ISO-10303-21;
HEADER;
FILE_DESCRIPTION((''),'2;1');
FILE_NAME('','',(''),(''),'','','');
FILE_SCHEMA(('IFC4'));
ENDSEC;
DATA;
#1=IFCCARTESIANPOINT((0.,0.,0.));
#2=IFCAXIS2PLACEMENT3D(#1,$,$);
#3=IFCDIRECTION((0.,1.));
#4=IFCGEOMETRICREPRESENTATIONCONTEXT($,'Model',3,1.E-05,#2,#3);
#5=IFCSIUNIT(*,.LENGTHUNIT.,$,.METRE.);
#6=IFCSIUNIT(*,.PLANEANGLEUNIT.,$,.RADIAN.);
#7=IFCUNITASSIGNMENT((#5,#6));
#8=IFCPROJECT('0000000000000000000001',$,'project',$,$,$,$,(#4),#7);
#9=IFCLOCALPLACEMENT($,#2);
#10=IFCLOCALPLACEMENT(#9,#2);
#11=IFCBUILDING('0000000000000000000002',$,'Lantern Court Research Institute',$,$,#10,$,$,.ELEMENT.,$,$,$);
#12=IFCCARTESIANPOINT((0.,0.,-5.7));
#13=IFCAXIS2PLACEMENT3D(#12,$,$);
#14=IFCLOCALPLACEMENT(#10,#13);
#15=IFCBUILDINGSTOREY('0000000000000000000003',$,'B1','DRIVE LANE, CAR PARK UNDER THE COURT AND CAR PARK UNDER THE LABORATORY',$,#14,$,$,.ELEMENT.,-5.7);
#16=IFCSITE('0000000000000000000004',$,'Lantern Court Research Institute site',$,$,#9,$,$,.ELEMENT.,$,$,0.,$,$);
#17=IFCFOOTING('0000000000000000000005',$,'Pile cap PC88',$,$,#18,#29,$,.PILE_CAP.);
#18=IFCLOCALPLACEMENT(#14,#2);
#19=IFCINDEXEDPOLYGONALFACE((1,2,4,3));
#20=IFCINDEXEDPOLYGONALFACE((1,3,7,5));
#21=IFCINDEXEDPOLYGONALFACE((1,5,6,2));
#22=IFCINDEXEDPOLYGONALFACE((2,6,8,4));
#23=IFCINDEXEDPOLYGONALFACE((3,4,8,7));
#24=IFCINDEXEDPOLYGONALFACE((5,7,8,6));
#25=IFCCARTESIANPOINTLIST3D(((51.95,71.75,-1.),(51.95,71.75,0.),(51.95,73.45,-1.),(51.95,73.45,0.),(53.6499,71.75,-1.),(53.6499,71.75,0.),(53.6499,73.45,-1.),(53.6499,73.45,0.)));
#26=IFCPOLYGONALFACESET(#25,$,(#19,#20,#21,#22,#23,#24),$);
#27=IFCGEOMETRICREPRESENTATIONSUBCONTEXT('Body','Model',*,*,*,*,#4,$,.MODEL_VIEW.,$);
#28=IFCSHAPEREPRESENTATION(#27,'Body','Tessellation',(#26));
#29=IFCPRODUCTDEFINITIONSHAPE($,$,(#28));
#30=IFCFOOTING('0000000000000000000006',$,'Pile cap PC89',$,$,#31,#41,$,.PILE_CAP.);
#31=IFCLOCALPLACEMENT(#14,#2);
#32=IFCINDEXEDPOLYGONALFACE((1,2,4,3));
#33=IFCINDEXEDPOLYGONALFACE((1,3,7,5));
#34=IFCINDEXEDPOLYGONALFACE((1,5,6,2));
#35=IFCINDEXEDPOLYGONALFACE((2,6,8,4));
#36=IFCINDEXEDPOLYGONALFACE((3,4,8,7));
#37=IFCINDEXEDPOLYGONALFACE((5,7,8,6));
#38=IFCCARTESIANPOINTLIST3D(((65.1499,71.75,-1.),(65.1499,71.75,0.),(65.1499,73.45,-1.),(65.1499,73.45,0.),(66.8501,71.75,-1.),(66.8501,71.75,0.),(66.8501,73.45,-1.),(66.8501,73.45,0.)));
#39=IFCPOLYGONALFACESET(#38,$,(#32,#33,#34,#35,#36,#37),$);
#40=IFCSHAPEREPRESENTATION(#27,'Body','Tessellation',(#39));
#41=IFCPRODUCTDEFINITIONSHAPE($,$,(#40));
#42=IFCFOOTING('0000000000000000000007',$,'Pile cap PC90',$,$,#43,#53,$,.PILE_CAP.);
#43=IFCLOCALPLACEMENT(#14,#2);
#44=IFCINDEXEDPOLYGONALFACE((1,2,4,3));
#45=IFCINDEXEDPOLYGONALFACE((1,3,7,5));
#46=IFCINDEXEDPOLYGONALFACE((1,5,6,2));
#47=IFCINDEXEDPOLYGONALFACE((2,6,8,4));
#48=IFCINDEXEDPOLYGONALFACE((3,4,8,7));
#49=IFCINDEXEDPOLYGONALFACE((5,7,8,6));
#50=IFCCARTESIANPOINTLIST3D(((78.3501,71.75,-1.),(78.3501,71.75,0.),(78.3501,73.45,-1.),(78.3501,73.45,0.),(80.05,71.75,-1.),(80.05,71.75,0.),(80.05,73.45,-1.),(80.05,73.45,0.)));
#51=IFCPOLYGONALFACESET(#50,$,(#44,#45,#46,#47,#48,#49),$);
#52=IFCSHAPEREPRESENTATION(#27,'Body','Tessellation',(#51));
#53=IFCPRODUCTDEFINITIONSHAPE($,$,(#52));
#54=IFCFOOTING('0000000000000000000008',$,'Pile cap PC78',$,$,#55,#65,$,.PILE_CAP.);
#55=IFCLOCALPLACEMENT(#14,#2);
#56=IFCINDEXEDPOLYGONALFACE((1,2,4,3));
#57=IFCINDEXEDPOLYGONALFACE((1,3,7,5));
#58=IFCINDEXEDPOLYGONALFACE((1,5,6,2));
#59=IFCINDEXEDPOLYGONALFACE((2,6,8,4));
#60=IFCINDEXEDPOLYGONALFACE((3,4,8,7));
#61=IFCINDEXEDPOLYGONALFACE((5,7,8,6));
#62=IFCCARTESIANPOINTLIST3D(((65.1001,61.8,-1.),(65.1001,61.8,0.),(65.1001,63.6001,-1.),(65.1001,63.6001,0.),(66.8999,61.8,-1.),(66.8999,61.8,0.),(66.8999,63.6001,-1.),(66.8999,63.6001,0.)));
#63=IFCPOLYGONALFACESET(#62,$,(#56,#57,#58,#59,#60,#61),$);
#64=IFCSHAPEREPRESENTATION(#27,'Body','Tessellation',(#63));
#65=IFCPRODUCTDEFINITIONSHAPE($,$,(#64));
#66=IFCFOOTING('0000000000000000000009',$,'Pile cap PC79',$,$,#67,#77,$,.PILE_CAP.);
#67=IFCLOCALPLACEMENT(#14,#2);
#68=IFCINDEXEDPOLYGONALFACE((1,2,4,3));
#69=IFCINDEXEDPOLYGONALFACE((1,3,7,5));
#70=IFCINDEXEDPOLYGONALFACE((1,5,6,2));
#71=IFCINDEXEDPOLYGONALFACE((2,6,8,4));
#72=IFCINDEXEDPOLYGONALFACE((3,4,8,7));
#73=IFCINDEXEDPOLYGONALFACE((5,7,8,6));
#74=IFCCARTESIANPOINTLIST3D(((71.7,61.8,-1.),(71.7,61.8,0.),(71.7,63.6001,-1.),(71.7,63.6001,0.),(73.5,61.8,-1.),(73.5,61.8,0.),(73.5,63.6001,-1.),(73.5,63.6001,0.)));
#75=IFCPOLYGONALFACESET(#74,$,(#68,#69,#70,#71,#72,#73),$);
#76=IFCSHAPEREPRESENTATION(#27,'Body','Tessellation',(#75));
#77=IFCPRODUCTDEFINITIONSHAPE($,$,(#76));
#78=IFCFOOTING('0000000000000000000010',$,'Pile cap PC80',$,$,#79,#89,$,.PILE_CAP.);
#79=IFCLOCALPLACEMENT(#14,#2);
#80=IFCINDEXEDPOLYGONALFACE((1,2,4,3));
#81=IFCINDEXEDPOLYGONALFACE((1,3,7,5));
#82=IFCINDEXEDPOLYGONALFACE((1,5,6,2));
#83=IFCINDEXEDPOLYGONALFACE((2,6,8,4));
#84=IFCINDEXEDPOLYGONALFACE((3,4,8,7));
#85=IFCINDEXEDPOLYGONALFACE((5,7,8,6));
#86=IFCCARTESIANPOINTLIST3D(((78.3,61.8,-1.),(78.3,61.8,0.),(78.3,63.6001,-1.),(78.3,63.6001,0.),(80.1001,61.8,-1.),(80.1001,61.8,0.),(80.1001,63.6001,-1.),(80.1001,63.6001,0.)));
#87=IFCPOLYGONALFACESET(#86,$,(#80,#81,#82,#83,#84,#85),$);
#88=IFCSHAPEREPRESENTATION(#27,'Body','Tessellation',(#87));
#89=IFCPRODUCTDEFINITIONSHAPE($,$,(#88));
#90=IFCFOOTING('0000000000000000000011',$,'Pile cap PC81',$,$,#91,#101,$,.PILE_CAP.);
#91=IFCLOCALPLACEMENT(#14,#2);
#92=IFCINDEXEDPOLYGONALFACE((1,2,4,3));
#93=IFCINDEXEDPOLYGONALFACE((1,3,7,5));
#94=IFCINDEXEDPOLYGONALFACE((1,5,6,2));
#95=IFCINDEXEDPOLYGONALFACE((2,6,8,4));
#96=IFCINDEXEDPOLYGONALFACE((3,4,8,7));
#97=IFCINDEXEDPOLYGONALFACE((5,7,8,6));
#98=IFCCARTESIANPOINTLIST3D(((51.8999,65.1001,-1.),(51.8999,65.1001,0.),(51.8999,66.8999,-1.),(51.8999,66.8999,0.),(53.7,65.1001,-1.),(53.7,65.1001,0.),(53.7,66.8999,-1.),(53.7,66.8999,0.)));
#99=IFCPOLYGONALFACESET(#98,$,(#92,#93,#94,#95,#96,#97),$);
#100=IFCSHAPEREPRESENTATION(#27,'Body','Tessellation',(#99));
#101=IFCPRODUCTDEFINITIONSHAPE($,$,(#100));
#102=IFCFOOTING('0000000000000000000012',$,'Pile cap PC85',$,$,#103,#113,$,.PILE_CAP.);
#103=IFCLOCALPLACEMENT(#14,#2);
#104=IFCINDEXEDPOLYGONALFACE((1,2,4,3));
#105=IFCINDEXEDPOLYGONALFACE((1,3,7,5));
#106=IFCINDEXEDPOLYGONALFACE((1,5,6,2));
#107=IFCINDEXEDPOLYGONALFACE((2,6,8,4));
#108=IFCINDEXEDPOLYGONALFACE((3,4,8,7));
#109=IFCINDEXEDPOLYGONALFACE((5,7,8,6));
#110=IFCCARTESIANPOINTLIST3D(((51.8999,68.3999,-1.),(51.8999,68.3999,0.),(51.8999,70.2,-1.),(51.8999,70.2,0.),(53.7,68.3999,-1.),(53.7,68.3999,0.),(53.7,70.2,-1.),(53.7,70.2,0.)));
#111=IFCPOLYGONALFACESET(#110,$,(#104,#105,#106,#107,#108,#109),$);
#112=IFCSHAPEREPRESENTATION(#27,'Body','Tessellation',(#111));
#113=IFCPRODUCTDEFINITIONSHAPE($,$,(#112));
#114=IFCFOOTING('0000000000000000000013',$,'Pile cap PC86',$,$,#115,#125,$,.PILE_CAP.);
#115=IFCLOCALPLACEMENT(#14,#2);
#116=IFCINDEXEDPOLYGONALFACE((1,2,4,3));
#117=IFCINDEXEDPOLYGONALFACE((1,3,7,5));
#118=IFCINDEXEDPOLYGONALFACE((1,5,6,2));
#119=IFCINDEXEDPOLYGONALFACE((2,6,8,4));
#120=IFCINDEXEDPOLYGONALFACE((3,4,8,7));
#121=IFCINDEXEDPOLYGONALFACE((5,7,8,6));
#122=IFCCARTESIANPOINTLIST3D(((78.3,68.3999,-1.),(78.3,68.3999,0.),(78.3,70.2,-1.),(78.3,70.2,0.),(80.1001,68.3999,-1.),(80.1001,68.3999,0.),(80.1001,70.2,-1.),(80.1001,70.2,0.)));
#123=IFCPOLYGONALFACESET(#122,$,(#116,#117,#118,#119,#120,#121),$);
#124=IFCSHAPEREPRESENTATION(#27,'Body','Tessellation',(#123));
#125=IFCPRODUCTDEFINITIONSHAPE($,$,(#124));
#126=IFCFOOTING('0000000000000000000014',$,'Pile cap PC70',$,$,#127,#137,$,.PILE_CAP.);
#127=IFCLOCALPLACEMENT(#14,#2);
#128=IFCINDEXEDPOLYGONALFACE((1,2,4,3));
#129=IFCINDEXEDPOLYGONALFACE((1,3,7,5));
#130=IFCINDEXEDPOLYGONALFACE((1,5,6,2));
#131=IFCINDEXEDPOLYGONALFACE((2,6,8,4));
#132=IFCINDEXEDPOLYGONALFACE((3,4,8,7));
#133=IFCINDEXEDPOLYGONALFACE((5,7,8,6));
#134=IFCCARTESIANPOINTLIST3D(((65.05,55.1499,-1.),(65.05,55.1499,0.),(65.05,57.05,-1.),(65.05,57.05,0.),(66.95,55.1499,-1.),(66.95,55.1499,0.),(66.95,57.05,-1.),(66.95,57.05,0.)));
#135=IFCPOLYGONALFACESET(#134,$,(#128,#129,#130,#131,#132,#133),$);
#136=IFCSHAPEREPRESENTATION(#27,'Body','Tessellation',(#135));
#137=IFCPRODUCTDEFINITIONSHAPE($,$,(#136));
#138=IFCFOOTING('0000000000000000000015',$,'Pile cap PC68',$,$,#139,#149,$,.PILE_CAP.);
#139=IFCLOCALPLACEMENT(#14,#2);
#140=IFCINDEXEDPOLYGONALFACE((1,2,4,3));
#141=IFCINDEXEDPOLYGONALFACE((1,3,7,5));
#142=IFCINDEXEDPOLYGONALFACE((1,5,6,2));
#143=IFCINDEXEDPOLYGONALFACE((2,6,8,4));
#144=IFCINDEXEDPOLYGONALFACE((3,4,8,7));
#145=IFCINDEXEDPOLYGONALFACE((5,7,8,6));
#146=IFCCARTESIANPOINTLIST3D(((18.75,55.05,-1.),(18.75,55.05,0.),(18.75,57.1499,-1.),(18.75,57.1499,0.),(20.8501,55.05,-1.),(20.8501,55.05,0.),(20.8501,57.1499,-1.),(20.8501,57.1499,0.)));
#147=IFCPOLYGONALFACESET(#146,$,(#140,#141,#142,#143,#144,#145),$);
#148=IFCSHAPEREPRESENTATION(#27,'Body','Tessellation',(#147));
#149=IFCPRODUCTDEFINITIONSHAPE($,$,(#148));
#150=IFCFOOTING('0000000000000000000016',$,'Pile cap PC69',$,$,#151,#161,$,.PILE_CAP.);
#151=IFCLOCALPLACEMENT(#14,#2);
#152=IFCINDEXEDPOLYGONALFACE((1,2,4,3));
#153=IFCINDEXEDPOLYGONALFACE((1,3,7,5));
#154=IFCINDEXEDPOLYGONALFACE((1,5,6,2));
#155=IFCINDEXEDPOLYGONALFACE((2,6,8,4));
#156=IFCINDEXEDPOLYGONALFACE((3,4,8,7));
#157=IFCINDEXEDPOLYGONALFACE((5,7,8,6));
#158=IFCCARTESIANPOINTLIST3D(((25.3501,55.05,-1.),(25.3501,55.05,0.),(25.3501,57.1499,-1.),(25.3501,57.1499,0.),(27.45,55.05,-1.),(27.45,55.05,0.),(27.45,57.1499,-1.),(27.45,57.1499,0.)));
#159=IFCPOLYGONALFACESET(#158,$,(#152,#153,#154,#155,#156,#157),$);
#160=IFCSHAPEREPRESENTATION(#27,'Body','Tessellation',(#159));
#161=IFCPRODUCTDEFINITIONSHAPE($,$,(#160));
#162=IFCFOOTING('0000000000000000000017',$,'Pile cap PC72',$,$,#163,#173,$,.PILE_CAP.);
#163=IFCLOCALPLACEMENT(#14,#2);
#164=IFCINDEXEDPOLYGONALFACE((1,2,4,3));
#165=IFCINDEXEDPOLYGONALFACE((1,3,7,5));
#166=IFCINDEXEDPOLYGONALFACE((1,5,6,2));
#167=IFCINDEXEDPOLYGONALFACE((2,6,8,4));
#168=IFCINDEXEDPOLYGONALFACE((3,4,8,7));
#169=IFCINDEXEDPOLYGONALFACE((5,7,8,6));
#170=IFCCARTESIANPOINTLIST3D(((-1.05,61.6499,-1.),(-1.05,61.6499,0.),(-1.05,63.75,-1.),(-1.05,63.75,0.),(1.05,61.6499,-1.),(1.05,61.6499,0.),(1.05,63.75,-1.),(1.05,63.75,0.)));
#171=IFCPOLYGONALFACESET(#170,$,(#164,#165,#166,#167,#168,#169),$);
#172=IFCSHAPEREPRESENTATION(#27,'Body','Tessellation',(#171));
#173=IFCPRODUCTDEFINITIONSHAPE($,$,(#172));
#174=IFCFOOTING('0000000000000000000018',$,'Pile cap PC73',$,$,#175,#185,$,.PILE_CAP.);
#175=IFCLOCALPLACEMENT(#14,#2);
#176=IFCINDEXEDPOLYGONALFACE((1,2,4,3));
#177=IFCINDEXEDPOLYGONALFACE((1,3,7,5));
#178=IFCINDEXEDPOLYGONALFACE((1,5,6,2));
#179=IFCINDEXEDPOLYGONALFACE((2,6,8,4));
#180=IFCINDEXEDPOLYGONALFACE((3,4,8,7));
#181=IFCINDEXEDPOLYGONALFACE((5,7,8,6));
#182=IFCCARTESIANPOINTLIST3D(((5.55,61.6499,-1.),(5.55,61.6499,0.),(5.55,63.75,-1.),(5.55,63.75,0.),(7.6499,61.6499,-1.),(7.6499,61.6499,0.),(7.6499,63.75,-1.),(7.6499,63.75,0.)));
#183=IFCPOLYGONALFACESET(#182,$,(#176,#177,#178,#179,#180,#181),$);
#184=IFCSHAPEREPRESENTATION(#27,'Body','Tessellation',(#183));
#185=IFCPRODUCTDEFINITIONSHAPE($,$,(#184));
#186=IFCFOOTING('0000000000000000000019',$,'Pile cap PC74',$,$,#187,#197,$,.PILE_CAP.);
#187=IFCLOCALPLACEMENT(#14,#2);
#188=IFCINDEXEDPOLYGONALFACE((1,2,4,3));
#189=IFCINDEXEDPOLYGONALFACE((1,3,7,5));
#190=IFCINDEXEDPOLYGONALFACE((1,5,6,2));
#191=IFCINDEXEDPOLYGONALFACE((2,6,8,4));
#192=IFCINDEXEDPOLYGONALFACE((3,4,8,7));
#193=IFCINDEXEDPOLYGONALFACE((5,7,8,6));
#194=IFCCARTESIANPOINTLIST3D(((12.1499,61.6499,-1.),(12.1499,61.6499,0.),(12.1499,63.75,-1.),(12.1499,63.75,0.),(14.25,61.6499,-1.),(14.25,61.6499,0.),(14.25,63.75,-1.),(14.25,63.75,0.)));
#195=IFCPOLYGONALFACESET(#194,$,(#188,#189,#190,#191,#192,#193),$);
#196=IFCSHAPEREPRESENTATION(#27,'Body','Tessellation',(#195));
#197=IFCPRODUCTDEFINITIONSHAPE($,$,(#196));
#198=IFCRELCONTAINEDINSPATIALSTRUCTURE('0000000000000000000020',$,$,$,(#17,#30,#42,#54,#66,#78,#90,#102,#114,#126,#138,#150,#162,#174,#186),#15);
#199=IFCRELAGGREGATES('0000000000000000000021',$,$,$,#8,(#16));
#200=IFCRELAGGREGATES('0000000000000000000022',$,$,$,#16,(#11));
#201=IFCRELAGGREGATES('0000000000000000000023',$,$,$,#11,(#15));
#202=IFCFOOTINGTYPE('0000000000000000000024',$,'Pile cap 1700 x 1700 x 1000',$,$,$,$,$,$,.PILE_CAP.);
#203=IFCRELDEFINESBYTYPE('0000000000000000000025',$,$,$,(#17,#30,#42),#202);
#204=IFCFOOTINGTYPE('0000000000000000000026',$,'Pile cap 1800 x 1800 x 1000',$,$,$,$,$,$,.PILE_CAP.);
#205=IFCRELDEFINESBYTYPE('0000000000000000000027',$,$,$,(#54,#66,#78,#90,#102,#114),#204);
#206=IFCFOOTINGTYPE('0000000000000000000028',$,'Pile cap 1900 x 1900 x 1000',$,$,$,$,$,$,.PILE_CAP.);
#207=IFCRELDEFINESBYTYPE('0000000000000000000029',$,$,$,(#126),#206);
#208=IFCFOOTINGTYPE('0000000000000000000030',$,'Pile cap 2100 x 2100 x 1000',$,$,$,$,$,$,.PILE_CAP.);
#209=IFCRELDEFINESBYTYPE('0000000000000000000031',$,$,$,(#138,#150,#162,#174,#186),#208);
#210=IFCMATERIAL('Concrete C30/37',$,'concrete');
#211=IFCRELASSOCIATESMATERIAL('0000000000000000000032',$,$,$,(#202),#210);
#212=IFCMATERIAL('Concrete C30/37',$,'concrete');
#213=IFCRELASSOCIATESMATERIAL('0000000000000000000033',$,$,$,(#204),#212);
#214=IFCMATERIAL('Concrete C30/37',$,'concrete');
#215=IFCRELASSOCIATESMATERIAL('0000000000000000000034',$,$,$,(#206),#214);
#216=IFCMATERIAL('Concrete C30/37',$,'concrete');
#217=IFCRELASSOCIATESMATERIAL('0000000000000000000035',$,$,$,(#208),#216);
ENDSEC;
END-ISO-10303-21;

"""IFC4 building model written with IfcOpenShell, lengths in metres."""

from ifc_helpers import new_model, si_unit, direction, frame, origin, place, context, subcontext, project, spatial, polyline, outline, extrude, material, type_object, element, save


model = new_model("IFC4")

# Units and contexts
model_context = context("Model", 3, precision=1e-05, world=origin(), true_north=direction((0.0, 1.0)))
body_context = subcontext(model_context, "Body", "Model", "MODEL_VIEW")
ifc_project = project(units=[si_unit("LENGTHUNIT", "METRE"), si_unit("PLANEANGLEUNIT", "RADIAN")], contexts=[model_context])

# Site, building, storey
site_placement = place(None, origin())
site = spatial("IfcSite", under=ifc_project, at=site_placement, Name="Lantern Court Research Institute site", CompositionType="ELEMENT", RefElevation=0.0)
building_placement = place(site_placement, origin())
building = spatial("IfcBuilding", under=site, at=building_placement, Name="Lantern Court Research Institute", CompositionType="ELEMENT")
storey_placement = place(building_placement, frame((0.0, 0.0, -5.7)))
storey = spatial("IfcBuildingStorey", under=building, at=storey_placement, Name="B1", Description="DRIVE LANE, CAR PARK UNDER THE COURT AND CAR PARK UNDER THE LABORATORY", CompositionType="ELEMENT", Elevation=-5.7)

# Footings
ifc_material_1 = material(Name="Concrete C30/37", Category="concrete")
footing_type_1 = type_object("IfcFootingType", Name="Pile cap 1700 x 1700 x 1000", PredefinedType="PILE_CAP", material=ifc_material_1)
footing_1_placement = place(storey_placement, frame((0.0, 0.0, -1.0)))
element("IfcFooting", 1, at=footing_1_placement, inside=storey, type_object=footing_type_1, Name="Pile cap PC88", PredefinedType="PILE_CAP", context=body_context, shape_type="SweptSolid", body=[
    extrude(outline(polyline([(51.95, 71.75), (53.6499, 71.75), (53.6499, 73.45), (51.95, 73.45), (51.95, 71.75)])), origin(), (0.0, 0.0, 1.0), 1.0),
])
footing_2_placement = place(storey_placement, frame((0.0, 0.0, -1.0)))
element("IfcFooting", 2, at=footing_2_placement, inside=storey, type_object=footing_type_1, Name="Pile cap PC89", PredefinedType="PILE_CAP", context=body_context, shape_type="SweptSolid", body=[
    extrude(outline(polyline([(65.1499, 71.75), (66.8501, 71.75), (66.8501, 73.45), (65.1499, 73.45), (65.1499, 71.75)])), origin(), (0.0, 0.0, 1.0), 1.0),
])
footing_3_placement = place(storey_placement, frame((0.0, 0.0, -1.0)))
element("IfcFooting", 3, at=footing_3_placement, inside=storey, type_object=footing_type_1, Name="Pile cap PC90", PredefinedType="PILE_CAP", context=body_context, shape_type="SweptSolid", body=[
    extrude(outline(polyline([(78.3501, 71.75), (80.05, 71.75), (80.05, 73.45), (78.3501, 73.45), (78.3501, 71.75)])), origin(), (0.0, 0.0, 1.0), 1.0),
])
ifc_material_2 = material(Name="Concrete C30/37", Category="concrete")
footing_type_2 = type_object("IfcFootingType", Name="Pile cap 1800 x 1800 x 1000", PredefinedType="PILE_CAP", material=ifc_material_2)
footing_4_placement = place(storey_placement, frame((0.0, 0.0, -1.0)))
element("IfcFooting", 4, at=footing_4_placement, inside=storey, type_object=footing_type_2, Name="Pile cap PC78", PredefinedType="PILE_CAP", context=body_context, shape_type="SweptSolid", body=[
    extrude(outline(polyline([(65.1001, 61.8), (66.8999, 61.8), (66.8999, 63.6001), (65.1001, 63.6001), (65.1001, 61.8)])), origin(), (0.0, 0.0, 1.0), 1.0),
])
footing_5_placement = place(storey_placement, frame((0.0, 0.0, -1.0)))
element("IfcFooting", 5, at=footing_5_placement, inside=storey, type_object=footing_type_2, Name="Pile cap PC79", PredefinedType="PILE_CAP", context=body_context, shape_type="SweptSolid", body=[
    extrude(outline(polyline([(71.7, 61.8), (73.5, 61.8), (73.5, 63.6001), (71.7, 63.6001), (71.7, 61.8)])), origin(), (0.0, 0.0, 1.0), 1.0),
])
footing_6_placement = place(storey_placement, frame((0.0, 0.0, -1.0)))
element("IfcFooting", 6, at=footing_6_placement, inside=storey, type_object=footing_type_2, Name="Pile cap PC80", PredefinedType="PILE_CAP", context=body_context, shape_type="SweptSolid", body=[
    extrude(outline(polyline([(78.3, 61.8), (80.1001, 61.8), (80.1001, 63.6001), (78.3, 63.6001), (78.3, 61.8)])), origin(), (0.0, 0.0, 1.0), 1.0),
])
footing_7_placement = place(storey_placement, frame((0.0, 0.0, -1.0)))
element("IfcFooting", 7, at=footing_7_placement, inside=storey, type_object=footing_type_2, Name="Pile cap PC81", PredefinedType="PILE_CAP", context=body_context, shape_type="SweptSolid", body=[
    extrude(outline(polyline([(51.8999, 65.1001), (53.7, 65.1001), (53.7, 66.8999), (51.8999, 66.8999), (51.8999, 65.1001)])), origin(), (0.0, 0.0, 1.0), 1.0),
])
footing_8_placement = place(storey_placement, frame((0.0, 0.0, -1.0)))
element("IfcFooting", 8, at=footing_8_placement, inside=storey, type_object=footing_type_2, Name="Pile cap PC85", PredefinedType="PILE_CAP", context=body_context, shape_type="SweptSolid", body=[
    extrude(outline(polyline([(51.8999, 68.3999), (53.7, 68.3999), (53.7, 70.2), (51.8999, 70.2), (51.8999, 68.3999)])), origin(), (0.0, 0.0, 1.0), 1.0),
])
footing_9_placement = place(storey_placement, frame((0.0, 0.0, -1.0)))
element("IfcFooting", 9, at=footing_9_placement, inside=storey, type_object=footing_type_2, Name="Pile cap PC86", PredefinedType="PILE_CAP", context=body_context, shape_type="SweptSolid", body=[
    extrude(outline(polyline([(78.3, 68.3999), (80.1001, 68.3999), (80.1001, 70.2), (78.3, 70.2), (78.3, 68.3999)])), origin(), (0.0, 0.0, 1.0), 1.0),
])
ifc_material_3 = material(Name="Concrete C30/37", Category="concrete")
footing_type_3 = type_object("IfcFootingType", Name="Pile cap 1900 x 1900 x 1000", PredefinedType="PILE_CAP", material=ifc_material_3)
footing_10_placement = place(storey_placement, frame((0.0, 0.0, -1.0)))
element("IfcFooting", 10, at=footing_10_placement, inside=storey, type_object=footing_type_3, Name="Pile cap PC70", PredefinedType="PILE_CAP", context=body_context, shape_type="SweptSolid", body=[
    extrude(outline(polyline([(65.05, 55.1499), (66.95, 55.1499), (66.95, 57.05), (65.05, 57.05), (65.05, 55.1499)])), origin(), (0.0, 0.0, 1.0), 1.0),
])
ifc_material_4 = material(Name="Concrete C30/37", Category="concrete")
footing_type_4 = type_object("IfcFootingType", Name="Pile cap 2100 x 2100 x 1000", PredefinedType="PILE_CAP", material=ifc_material_4)
footing_11_placement = place(storey_placement, frame((0.0, 0.0, -1.0)))
element("IfcFooting", 11, at=footing_11_placement, inside=storey, type_object=footing_type_4, Name="Pile cap PC68", PredefinedType="PILE_CAP", context=body_context, shape_type="SweptSolid", body=[
    extrude(outline(polyline([(18.75, 55.05), (20.8501, 55.05), (20.8501, 57.1499), (18.75, 57.1499), (18.75, 55.05)])), origin(), (0.0, 0.0, 1.0), 1.0),
])
footing_12_placement = place(storey_placement, frame((0.0, 0.0, -1.0)))
element("IfcFooting", 12, at=footing_12_placement, inside=storey, type_object=footing_type_4, Name="Pile cap PC69", PredefinedType="PILE_CAP", context=body_context, shape_type="SweptSolid", body=[
    extrude(outline(polyline([(25.3501, 55.05), (27.45, 55.05), (27.45, 57.1499), (25.3501, 57.1499), (25.3501, 55.05)])), origin(), (0.0, 0.0, 1.0), 1.0),
])
footing_13_placement = place(storey_placement, frame((0.0, 0.0, -1.0)))
element("IfcFooting", 13, at=footing_13_placement, inside=storey, type_object=footing_type_4, Name="Pile cap PC72", PredefinedType="PILE_CAP", context=body_context, shape_type="SweptSolid", body=[
    extrude(outline(polyline([(-1.05, 61.6499), (1.05, 61.6499), (1.05, 63.75), (-1.05, 63.75), (-1.05, 61.6499)])), origin(), (0.0, 0.0, 1.0), 1.0),
])
footing_14_placement = place(storey_placement, frame((0.0, 0.0, -1.0)))
element("IfcFooting", 14, at=footing_14_placement, inside=storey, type_object=footing_type_4, Name="Pile cap PC73", PredefinedType="PILE_CAP", context=body_context, shape_type="SweptSolid", body=[
    extrude(outline(polyline([(5.55, 61.6499), (7.6499, 61.6499), (7.6499, 63.75), (5.55, 63.75), (5.55, 61.6499)])), origin(), (0.0, 0.0, 1.0), 1.0),
])
footing_15_placement = place(storey_placement, frame((0.0, 0.0, -1.0)))
element("IfcFooting", 15, at=footing_15_placement, inside=storey, type_object=footing_type_4, Name="Pile cap PC74", PredefinedType="PILE_CAP", context=body_context, shape_type="SweptSolid", body=[
    extrude(outline(polyline([(12.1499, 61.6499), (14.25, 61.6499), (14.25, 63.75), (12.1499, 63.75), (12.1499, 61.6499)])), origin(), (0.0, 0.0, 1.0), 1.0),
])

save(model, "model.ifc")
